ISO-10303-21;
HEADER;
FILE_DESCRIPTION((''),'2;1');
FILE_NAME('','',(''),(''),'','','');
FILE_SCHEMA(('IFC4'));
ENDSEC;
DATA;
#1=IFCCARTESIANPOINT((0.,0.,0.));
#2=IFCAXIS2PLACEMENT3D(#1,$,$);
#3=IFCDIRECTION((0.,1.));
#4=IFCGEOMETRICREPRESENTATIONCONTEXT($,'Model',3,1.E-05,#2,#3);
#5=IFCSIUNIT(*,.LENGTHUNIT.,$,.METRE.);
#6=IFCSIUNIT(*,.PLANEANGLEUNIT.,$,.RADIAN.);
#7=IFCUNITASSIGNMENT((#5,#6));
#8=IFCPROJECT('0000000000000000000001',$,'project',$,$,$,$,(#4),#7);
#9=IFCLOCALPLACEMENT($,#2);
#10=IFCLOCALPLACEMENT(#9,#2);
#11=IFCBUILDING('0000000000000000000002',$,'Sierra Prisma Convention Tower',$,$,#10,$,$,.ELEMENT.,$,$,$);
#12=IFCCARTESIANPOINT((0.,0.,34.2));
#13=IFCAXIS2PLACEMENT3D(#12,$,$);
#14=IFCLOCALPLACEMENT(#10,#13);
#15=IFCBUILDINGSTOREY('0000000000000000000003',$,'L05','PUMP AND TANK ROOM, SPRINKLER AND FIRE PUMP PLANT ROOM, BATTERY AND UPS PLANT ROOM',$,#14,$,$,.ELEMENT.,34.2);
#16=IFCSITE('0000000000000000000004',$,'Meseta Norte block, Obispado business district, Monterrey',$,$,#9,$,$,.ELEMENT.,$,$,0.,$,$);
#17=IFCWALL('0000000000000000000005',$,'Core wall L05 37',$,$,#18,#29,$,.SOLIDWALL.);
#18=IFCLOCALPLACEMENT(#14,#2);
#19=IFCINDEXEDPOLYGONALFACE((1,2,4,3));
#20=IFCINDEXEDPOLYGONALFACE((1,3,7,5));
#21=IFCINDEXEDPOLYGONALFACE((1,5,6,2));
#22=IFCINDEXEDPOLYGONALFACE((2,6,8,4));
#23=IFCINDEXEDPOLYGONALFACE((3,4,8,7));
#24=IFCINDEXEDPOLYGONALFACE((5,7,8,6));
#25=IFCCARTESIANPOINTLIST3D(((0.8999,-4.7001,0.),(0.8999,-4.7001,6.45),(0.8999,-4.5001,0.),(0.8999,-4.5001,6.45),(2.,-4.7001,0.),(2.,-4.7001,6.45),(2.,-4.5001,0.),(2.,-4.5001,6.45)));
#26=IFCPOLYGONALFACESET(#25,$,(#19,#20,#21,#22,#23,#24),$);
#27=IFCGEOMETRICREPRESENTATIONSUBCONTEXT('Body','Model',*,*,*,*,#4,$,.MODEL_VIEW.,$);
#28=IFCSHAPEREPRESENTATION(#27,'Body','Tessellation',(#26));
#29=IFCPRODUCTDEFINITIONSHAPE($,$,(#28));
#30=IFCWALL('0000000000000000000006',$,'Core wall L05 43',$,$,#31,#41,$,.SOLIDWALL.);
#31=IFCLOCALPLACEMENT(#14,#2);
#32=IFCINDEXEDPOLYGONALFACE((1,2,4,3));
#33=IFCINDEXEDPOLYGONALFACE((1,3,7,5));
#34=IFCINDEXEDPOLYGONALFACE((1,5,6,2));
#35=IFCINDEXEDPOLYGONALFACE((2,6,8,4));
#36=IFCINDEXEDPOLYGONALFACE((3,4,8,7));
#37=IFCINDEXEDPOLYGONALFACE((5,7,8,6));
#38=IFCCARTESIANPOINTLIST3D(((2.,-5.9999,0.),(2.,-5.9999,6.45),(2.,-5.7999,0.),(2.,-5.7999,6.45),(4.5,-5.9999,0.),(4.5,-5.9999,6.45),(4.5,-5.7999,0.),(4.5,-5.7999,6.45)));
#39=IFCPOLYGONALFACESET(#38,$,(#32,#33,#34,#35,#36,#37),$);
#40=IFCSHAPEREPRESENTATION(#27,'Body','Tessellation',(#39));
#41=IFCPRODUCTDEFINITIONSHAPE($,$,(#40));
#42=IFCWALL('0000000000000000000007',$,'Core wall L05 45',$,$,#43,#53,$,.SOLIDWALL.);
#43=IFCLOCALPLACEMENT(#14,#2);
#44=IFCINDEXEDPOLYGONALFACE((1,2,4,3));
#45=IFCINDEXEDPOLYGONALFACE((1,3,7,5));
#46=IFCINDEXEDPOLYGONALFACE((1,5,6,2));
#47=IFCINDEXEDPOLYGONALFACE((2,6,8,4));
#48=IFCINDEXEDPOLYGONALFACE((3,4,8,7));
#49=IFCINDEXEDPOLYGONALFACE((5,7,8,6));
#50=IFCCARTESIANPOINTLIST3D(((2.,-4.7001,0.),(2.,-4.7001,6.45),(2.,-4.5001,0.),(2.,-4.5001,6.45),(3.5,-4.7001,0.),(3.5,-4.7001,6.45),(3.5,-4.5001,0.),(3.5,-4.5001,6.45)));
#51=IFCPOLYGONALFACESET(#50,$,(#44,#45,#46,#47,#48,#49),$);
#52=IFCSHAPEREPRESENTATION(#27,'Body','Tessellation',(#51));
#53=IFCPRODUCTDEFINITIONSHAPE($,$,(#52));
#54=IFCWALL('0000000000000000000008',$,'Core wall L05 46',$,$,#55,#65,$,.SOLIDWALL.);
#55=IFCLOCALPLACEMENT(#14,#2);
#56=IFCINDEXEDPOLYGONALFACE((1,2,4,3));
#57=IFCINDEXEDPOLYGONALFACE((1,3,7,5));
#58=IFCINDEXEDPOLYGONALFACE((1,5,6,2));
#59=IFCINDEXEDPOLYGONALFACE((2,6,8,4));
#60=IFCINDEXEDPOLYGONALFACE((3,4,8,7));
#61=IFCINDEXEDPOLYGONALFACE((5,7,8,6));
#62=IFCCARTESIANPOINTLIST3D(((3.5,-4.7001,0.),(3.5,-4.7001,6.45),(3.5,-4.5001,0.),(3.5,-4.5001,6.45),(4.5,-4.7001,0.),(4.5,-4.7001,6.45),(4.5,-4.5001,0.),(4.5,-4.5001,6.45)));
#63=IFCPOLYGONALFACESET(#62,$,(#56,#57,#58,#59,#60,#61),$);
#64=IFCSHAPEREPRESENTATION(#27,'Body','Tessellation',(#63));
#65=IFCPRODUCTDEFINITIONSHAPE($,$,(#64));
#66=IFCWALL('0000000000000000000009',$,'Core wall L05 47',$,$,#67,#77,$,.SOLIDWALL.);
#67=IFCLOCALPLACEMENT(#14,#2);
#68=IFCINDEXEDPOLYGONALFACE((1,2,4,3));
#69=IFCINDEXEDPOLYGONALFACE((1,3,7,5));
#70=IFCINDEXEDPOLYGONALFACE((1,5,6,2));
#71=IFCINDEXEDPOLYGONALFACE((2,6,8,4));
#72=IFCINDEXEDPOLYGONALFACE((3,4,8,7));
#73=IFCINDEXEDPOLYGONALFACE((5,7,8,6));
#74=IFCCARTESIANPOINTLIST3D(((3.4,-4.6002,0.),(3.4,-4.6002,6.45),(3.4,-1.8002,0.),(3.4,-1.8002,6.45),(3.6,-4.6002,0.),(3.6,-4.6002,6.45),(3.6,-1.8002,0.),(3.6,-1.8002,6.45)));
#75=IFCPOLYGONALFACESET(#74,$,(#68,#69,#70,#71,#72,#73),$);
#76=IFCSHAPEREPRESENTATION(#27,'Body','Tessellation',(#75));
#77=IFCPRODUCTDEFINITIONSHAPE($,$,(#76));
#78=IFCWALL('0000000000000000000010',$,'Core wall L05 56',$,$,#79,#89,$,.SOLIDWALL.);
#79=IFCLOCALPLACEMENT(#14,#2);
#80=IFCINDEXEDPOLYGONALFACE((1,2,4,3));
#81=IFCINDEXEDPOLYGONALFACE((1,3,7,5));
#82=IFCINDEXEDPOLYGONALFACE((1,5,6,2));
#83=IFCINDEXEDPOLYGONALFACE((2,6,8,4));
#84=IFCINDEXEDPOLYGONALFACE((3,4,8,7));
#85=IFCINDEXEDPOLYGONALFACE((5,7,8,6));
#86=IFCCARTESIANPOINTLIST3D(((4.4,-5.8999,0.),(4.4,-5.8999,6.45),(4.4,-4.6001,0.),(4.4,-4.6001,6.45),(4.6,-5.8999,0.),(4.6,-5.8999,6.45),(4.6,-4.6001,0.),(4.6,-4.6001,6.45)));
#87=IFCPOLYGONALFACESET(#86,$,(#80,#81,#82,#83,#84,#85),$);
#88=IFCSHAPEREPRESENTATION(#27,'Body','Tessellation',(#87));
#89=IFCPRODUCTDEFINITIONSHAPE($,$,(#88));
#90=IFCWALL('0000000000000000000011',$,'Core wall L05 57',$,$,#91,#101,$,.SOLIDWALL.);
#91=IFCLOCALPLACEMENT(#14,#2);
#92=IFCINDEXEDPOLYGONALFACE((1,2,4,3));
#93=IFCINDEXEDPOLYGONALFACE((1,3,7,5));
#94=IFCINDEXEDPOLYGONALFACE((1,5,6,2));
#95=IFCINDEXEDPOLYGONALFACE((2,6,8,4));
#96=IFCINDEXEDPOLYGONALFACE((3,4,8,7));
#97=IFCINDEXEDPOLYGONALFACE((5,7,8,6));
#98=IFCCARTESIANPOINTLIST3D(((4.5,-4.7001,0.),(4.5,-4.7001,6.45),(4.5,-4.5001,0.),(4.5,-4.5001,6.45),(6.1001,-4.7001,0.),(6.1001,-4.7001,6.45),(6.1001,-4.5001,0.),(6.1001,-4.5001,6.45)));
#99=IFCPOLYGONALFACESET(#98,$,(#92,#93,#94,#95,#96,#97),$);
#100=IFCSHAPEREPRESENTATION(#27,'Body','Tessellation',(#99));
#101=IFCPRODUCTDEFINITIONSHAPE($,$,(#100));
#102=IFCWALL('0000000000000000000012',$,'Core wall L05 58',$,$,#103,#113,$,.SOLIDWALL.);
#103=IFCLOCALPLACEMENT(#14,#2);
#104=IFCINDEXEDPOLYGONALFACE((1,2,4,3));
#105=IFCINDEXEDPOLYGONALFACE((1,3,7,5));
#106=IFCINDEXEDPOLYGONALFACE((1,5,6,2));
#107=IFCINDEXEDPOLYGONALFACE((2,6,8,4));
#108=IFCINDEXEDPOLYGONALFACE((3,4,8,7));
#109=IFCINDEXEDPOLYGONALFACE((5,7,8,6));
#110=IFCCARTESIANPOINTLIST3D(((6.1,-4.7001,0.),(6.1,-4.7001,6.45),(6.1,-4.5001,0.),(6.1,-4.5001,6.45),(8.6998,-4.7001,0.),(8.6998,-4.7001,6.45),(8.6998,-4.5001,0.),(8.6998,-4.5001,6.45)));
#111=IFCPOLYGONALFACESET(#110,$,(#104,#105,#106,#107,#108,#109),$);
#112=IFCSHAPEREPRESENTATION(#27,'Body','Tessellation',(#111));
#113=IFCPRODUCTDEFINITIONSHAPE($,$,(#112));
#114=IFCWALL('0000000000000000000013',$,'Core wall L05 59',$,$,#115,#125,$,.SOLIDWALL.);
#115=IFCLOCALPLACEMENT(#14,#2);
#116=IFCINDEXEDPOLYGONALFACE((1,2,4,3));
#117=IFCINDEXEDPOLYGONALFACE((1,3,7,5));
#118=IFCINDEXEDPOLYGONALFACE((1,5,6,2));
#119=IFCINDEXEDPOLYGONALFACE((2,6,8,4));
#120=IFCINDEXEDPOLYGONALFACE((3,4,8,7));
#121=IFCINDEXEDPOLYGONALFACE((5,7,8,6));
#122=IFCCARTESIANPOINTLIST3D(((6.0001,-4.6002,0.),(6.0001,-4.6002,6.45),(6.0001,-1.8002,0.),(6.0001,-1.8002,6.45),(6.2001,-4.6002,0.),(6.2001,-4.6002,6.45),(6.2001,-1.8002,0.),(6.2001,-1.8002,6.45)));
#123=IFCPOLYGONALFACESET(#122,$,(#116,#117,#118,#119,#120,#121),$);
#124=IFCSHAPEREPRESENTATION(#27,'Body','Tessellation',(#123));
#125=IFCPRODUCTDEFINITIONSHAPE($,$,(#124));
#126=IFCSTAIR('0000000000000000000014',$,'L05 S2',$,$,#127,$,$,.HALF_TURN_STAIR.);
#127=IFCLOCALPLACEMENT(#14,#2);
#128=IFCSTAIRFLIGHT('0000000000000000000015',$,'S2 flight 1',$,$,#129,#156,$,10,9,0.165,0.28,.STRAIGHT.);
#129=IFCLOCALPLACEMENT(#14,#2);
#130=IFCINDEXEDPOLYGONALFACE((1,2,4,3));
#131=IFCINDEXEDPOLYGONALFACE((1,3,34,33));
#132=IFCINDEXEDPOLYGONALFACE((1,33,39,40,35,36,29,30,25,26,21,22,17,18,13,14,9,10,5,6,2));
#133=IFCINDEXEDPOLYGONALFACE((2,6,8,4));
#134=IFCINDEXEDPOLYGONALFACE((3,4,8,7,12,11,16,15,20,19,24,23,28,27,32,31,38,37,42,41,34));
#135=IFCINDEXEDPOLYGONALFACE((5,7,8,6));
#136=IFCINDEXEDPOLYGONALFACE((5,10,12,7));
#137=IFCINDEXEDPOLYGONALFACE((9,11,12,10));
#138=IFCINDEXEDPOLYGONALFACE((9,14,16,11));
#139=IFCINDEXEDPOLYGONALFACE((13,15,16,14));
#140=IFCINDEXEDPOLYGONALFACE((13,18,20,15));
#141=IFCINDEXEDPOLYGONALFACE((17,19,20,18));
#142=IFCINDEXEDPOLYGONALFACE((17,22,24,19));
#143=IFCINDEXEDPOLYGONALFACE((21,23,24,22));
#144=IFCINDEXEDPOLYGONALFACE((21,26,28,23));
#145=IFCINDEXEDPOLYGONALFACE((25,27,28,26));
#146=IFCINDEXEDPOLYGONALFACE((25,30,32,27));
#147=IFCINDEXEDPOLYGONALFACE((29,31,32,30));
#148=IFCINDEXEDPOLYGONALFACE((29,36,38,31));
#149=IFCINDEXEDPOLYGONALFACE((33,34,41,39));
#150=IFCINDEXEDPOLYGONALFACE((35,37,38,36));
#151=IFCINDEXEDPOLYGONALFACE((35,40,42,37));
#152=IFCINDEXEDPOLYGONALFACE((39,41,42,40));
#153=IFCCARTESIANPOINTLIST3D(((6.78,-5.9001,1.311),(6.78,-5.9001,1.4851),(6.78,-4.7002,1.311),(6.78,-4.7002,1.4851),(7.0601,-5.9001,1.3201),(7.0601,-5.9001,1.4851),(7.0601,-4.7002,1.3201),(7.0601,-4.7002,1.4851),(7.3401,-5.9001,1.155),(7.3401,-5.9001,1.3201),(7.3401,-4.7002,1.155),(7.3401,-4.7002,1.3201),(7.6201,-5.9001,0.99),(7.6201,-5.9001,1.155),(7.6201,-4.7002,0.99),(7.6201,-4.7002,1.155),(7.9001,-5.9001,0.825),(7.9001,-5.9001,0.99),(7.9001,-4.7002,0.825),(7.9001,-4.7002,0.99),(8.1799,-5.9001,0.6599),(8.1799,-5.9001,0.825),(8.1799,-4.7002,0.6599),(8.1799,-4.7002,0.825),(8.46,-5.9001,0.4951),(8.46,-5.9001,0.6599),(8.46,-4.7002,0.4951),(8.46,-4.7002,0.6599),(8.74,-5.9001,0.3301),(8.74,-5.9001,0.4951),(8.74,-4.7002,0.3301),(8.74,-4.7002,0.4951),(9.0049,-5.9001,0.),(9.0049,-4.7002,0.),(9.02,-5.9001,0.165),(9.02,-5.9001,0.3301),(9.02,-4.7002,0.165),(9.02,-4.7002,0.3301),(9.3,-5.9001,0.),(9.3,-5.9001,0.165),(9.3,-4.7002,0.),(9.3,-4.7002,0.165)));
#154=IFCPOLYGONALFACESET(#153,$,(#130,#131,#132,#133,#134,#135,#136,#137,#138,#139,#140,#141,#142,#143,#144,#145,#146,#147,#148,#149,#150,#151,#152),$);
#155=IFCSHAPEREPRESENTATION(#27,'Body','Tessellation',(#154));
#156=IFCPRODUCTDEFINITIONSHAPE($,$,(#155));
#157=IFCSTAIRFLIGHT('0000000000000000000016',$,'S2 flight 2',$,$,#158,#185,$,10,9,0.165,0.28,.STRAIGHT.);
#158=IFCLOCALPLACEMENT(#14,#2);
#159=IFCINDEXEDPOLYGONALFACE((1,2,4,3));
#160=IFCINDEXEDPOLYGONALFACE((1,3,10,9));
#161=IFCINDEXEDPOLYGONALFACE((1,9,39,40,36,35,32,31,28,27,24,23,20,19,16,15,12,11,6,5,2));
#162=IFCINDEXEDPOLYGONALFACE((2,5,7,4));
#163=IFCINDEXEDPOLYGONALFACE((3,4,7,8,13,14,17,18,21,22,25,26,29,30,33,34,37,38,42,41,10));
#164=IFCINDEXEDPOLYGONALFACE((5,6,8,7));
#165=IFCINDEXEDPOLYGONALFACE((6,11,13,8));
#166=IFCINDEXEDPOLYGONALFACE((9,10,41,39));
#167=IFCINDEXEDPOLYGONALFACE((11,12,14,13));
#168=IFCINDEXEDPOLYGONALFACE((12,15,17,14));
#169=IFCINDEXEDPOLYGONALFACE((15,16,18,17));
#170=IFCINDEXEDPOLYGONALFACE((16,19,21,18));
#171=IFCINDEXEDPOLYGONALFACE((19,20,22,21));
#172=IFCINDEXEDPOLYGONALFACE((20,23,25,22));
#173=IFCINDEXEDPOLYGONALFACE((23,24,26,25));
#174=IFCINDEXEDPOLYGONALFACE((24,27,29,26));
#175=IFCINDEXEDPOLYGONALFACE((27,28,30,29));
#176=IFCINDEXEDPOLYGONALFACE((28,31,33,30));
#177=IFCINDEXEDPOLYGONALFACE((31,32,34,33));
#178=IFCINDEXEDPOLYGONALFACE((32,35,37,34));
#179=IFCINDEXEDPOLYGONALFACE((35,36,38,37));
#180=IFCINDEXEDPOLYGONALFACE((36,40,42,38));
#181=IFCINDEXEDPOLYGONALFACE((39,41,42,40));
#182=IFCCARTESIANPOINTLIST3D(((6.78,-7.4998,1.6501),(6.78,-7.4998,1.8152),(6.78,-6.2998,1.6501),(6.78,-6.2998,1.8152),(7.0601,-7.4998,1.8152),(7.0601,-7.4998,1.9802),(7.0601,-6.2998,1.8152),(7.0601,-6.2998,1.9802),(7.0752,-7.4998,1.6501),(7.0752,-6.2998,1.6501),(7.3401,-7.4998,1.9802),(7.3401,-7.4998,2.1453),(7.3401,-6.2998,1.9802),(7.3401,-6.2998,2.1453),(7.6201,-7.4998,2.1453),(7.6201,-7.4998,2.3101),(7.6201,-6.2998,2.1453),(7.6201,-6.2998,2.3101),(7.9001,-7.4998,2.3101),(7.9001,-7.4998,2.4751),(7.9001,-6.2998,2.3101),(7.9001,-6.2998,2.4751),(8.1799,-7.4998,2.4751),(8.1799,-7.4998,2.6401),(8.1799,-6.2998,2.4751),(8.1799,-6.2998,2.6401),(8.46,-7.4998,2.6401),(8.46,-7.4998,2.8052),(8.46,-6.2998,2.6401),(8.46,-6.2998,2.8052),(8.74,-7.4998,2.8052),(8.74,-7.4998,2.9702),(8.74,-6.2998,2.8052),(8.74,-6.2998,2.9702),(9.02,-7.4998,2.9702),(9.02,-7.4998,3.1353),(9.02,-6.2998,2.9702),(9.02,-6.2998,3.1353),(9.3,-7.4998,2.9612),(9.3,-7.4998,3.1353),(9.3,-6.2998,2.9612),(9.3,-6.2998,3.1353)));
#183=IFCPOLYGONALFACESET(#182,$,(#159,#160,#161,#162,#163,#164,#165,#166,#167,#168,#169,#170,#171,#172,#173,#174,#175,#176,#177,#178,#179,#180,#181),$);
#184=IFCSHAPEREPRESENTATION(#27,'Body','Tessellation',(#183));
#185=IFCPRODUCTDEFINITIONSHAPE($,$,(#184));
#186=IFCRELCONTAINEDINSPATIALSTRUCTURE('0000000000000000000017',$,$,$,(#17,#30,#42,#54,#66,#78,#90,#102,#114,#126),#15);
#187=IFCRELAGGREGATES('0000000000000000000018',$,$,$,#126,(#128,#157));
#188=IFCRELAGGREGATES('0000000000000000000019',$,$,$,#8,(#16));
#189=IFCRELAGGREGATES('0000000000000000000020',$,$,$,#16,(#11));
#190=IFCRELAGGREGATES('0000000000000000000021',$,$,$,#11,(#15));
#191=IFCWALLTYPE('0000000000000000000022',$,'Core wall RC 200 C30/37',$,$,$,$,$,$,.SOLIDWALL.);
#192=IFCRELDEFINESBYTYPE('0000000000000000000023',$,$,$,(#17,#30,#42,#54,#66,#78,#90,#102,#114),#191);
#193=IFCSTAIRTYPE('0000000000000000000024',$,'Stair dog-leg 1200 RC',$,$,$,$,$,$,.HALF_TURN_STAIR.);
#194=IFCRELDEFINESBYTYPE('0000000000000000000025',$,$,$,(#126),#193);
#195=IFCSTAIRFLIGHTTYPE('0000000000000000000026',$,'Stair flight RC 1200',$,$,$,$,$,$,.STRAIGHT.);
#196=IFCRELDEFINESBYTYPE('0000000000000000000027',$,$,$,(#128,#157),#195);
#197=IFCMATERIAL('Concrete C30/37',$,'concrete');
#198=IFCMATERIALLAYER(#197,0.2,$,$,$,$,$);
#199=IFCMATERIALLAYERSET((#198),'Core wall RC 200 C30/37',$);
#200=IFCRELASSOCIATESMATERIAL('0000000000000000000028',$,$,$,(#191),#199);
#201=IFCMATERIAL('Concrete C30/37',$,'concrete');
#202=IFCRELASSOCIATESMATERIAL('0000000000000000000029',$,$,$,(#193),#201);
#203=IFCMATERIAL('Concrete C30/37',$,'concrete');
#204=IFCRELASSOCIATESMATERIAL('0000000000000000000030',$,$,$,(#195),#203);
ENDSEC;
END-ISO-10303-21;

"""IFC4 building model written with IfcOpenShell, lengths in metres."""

from ifc_helpers import new_model, si_unit, direction, frame, frame_2d, origin, place, context, subcontext, project, spatial, polyline, rectangle, outline, extrude, material, layer, layer_set, type_object, element, aggregate, save


model = new_model("IFC4")

# Units and contexts
model_context = context("Model", 3, precision=1e-05, world=origin(), true_north=direction((0.0, 1.0)))
body_context = subcontext(model_context, "Body", "Model", "MODEL_VIEW")
ifc_project = project(units=[si_unit("LENGTHUNIT", "METRE"), si_unit("PLANEANGLEUNIT", "RADIAN")], contexts=[model_context])

# Site, building, storey
site_placement = place(None, origin())
site = spatial("IfcSite", under=ifc_project, at=site_placement, Name="Meseta Norte block, Obispado business district, Monterrey", CompositionType="ELEMENT", RefElevation=0.0)
building_placement = place(site_placement, origin())
building = spatial("IfcBuilding", under=site, at=building_placement, Name="Sierra Prisma Convention Tower", CompositionType="ELEMENT")
storey_placement = place(building_placement, frame((0.0, 0.0, 34.2)))
storey = spatial("IfcBuildingStorey", under=building, at=storey_placement, Name="L05", Description="PUMP AND TANK ROOM, SPRINKLER AND FIRE PUMP PLANT ROOM, BATTERY AND UPS PLANT ROOM", CompositionType="ELEMENT", Elevation=34.2)

# Wall
ifc_material_1 = material(Name="Concrete C30/37", Category="concrete")
ifc_layer = layer(ifc_material_1, 0.2)
ifc_layer_set = layer_set([ifc_layer], Name="Core wall RC 200 C30/37")
wall_type = type_object("IfcWallType", Name="Core wall RC 200 C30/37", PredefinedType="SOLIDWALL", material=ifc_layer_set)
wall_1_placement = place(storey_placement, frame((0.8999, -4.6001, 0.0), z_axis=(0.0, 0.0, 1.0), x_axis=(1.0, 0.0, 0.0)))
element("IfcWall", 1, at=wall_1_placement, inside=storey, type_object=wall_type, Name="Core wall L05 37", PredefinedType="SOLIDWALL", context=body_context, shape_type="SweptSolid", body=[
    extrude(rectangle(XDim=1.1001, YDim=0.2, at=frame_2d((0.55, 0.0))), origin(), (0.0, 0.0, 1.0), 6.45),
])

# Wall
wall_2_placement = place(storey_placement, frame((4.5, -5.8999, 0.0), z_axis=(0.0, 0.0, 1.0), x_axis=(-1.0, 0.0, 0.0)))
element("IfcWall", 2, at=wall_2_placement, inside=storey, type_object=wall_type, Name="Core wall L05 43", PredefinedType="SOLIDWALL", context=body_context, shape_type="SweptSolid", body=[
    extrude(rectangle(XDim=2.5, YDim=0.2, at=frame_2d((1.25, 0.0))), origin(), (0.0, 0.0, 1.0), 6.45),
])

# Walls
wall_3_placement = place(storey_placement, frame((3.5, -4.6001, 0.0), z_axis=(0.0, 0.0, 1.0), x_axis=(-1.0, 0.0, 0.0)))
element("IfcWall", 3, at=wall_3_placement, inside=storey, type_object=wall_type, Name="Core wall L05 45", PredefinedType="SOLIDWALL", context=body_context, shape_type="SweptSolid", body=[
    extrude(rectangle(XDim=1.5, YDim=0.2, at=frame_2d((0.75, 0.0))), origin(), (0.0, 0.0, 1.0), 6.45),
])
wall_4_placement = place(storey_placement, frame((4.5, -4.6001, 0.0), z_axis=(0.0, 0.0, 1.0), x_axis=(-1.0, 0.0, 0.0)))
element("IfcWall", 4, at=wall_4_placement, inside=storey, type_object=wall_type, Name="Core wall L05 46", PredefinedType="SOLIDWALL", context=body_context, shape_type="SweptSolid", body=[
    extrude(rectangle(XDim=1.0, YDim=0.2, at=frame_2d((0.5, 0.0))), origin(), (0.0, 0.0, 1.0), 6.45),
])
wall_5_placement = place(storey_placement, frame((3.5, -4.6001, 0.0), z_axis=(0.0, 0.0, 1.0), x_axis=(0.0, 1.0, 0.0)))
element("IfcWall", 5, at=wall_5_placement, inside=storey, type_object=wall_type, Name="Core wall L05 47", PredefinedType="SOLIDWALL", context=body_context, shape_type="SweptSolid", body=[
    extrude(rectangle(XDim=2.8, YDim=0.2, at=frame_2d((1.3999, 0.0))), origin(), (0.0, 0.0, 1.0), 6.45),
])
wall_6_placement = place(storey_placement, frame((4.5, -5.8999, 0.0), z_axis=(0.0, 0.0, 1.0), x_axis=(0.0, 1.0, 0.0)))
element("IfcWall", 6, at=wall_6_placement, inside=storey, type_object=wall_type, Name="Core wall L05 56", PredefinedType="SOLIDWALL", context=body_context, shape_type="SweptSolid", body=[
    extrude(rectangle(XDim=1.2998, YDim=0.2, at=frame_2d((0.6499, 0.0))), origin(), (0.0, 0.0, 1.0), 6.45),
])
wall_7_placement = place(storey_placement, frame((4.5, -4.6001, 0.0), z_axis=(0.0, 0.0, 1.0), x_axis=(1.0, 0.0, 0.0)))
element("IfcWall", 7, at=wall_7_placement, inside=storey, type_object=wall_type, Name="Core wall L05 57", PredefinedType="SOLIDWALL", context=body_context, shape_type="SweptSolid", body=[
    extrude(rectangle(XDim=1.6001, YDim=0.2, at=frame_2d((0.8, 0.0))), origin(), (0.0, 0.0, 1.0), 6.45),
])
wall_8_placement = place(storey_placement, frame((6.1001, -4.6001, 0.0), z_axis=(0.0, 0.0, 1.0), x_axis=(1.0, 0.0, 0.0)))
element("IfcWall", 8, at=wall_8_placement, inside=storey, type_object=wall_type, Name="Core wall L05 58", PredefinedType="SOLIDWALL", context=body_context, shape_type="SweptSolid", body=[
    extrude(rectangle(XDim=2.5999, YDim=0.2, at=frame_2d((1.2998, 0.0))), origin(), (0.0, 0.0, 1.0), 6.45),
])
wall_9_placement = place(storey_placement, frame((6.1001, -4.6001, 0.0), z_axis=(0.0, 0.0, 1.0), x_axis=(0.0, 1.0, 0.0)))
element("IfcWall", 9, at=wall_9_placement, inside=storey, type_object=wall_type, Name="Core wall L05 59", PredefinedType="SOLIDWALL", context=body_context, shape_type="SweptSolid", body=[
    extrude(rectangle(XDim=2.8, YDim=0.2, at=frame_2d((1.3999, 0.0))), origin(), (0.0, 0.0, 1.0), 6.45),
])

# Stair, stair flights
ifc_material_2 = material(Name="Concrete C30/37", Category="concrete")
stair_type = type_object("IfcStairType", Name="Stair dog-leg 1200 RC", PredefinedType="HALF_TURN_STAIR", material=ifc_material_2)
stair_placement = place(storey_placement, origin())
stair = element("IfcStair", 10, at=stair_placement, inside=storey, type_object=stair_type, Name="L05 S2", PredefinedType="HALF_TURN_STAIR")
ifc_material_3 = material(Name="Concrete C30/37", Category="concrete")
stair_flight_type = type_object("IfcStairFlightType", Name="Stair flight RC 1200", PredefinedType="STRAIGHT", material=ifc_material_3)
stair_flight_1_placement = place(storey_placement, frame((9.3, -5.3, 0.0), z_axis=(0.0, 0.0, 1.0), x_axis=(-1.0, 0.0, 0.0)))
stair_flight_1 = element("IfcStairFlight", 11, at=stair_flight_1_placement, type_object=stair_flight_type, Name="S2 flight 1", NumberOfRisers=10, NumberOfTreads=9, PredefinedType="STRAIGHT", RiserHeight=0.165, TreadLength=0.28, context=body_context, shape_type="SweptSolid", body=[
    extrude(outline(polyline([(0.0, 0.0), (0.0, 0.165), (0.28, 0.165), (0.28, 0.3301), (0.5601, 0.3301), (0.5601, 0.4951), (0.8401, 0.4951), (0.8401, 0.6599), (1.1201, 0.6599), (1.1201, 0.825), (1.3999, 0.825), (1.3999, 0.99), (1.6799, 0.99), (1.6799, 1.155), (1.96, 1.155), (1.96, 1.3201), (2.24, 1.3201), (2.24, 1.4851), (2.52, 1.4851), (2.52, 1.6499), (2.52, 1.311), (0.2952, 0.0), (0.0, 0.0)])), frame((0.0, 0.6001, 0.0), z_axis=(0.0, -1.0, 0.0), x_axis=(1.0, 0.0, 0.0)), (0.0, 0.0, 1.0), 1.2),
])
stair_flight_2_placement = place(storey_placement, frame((6.78, -6.8999, 1.6501), z_axis=(0.0, 0.0, 1.0), x_axis=(1.0, 0.0, 0.0)))
stair_flight_2 = element("IfcStairFlight", 12, at=stair_flight_2_placement, type_object=stair_flight_type, Name="S2 flight 2", NumberOfRisers=10, NumberOfTreads=9, PredefinedType="STRAIGHT", RiserHeight=0.165, TreadLength=0.28, context=body_context, shape_type="SweptSolid", body=[
    extrude(outline(polyline([(0.0, 0.0), (0.0, 0.165), (0.28, 0.165), (0.28, 0.3301), (0.5601, 0.3301), (0.5601, 0.4951), (0.8401, 0.4951), (0.8401, 0.6599), (1.1201, 0.6599), (1.1201, 0.825), (1.3999, 0.825), (1.3999, 0.99), (1.6799, 0.99), (1.6799, 1.155), (1.96, 1.155), (1.96, 1.3201), (2.24, 1.3201), (2.24, 1.4851), (2.52, 1.4851), (2.52, 1.6499), (2.52, 1.311), (0.2952, 0.0), (0.0, 0.0)])), frame((0.0, 0.6001, 0.0), z_axis=(0.0, -1.0, 0.0), x_axis=(1.0, 0.0, 0.0)), (0.0, 0.0, 1.0), 1.2),
])
aggregate(stair, [stair_flight_1, stair_flight_2])

save(model, "model.ifc")
